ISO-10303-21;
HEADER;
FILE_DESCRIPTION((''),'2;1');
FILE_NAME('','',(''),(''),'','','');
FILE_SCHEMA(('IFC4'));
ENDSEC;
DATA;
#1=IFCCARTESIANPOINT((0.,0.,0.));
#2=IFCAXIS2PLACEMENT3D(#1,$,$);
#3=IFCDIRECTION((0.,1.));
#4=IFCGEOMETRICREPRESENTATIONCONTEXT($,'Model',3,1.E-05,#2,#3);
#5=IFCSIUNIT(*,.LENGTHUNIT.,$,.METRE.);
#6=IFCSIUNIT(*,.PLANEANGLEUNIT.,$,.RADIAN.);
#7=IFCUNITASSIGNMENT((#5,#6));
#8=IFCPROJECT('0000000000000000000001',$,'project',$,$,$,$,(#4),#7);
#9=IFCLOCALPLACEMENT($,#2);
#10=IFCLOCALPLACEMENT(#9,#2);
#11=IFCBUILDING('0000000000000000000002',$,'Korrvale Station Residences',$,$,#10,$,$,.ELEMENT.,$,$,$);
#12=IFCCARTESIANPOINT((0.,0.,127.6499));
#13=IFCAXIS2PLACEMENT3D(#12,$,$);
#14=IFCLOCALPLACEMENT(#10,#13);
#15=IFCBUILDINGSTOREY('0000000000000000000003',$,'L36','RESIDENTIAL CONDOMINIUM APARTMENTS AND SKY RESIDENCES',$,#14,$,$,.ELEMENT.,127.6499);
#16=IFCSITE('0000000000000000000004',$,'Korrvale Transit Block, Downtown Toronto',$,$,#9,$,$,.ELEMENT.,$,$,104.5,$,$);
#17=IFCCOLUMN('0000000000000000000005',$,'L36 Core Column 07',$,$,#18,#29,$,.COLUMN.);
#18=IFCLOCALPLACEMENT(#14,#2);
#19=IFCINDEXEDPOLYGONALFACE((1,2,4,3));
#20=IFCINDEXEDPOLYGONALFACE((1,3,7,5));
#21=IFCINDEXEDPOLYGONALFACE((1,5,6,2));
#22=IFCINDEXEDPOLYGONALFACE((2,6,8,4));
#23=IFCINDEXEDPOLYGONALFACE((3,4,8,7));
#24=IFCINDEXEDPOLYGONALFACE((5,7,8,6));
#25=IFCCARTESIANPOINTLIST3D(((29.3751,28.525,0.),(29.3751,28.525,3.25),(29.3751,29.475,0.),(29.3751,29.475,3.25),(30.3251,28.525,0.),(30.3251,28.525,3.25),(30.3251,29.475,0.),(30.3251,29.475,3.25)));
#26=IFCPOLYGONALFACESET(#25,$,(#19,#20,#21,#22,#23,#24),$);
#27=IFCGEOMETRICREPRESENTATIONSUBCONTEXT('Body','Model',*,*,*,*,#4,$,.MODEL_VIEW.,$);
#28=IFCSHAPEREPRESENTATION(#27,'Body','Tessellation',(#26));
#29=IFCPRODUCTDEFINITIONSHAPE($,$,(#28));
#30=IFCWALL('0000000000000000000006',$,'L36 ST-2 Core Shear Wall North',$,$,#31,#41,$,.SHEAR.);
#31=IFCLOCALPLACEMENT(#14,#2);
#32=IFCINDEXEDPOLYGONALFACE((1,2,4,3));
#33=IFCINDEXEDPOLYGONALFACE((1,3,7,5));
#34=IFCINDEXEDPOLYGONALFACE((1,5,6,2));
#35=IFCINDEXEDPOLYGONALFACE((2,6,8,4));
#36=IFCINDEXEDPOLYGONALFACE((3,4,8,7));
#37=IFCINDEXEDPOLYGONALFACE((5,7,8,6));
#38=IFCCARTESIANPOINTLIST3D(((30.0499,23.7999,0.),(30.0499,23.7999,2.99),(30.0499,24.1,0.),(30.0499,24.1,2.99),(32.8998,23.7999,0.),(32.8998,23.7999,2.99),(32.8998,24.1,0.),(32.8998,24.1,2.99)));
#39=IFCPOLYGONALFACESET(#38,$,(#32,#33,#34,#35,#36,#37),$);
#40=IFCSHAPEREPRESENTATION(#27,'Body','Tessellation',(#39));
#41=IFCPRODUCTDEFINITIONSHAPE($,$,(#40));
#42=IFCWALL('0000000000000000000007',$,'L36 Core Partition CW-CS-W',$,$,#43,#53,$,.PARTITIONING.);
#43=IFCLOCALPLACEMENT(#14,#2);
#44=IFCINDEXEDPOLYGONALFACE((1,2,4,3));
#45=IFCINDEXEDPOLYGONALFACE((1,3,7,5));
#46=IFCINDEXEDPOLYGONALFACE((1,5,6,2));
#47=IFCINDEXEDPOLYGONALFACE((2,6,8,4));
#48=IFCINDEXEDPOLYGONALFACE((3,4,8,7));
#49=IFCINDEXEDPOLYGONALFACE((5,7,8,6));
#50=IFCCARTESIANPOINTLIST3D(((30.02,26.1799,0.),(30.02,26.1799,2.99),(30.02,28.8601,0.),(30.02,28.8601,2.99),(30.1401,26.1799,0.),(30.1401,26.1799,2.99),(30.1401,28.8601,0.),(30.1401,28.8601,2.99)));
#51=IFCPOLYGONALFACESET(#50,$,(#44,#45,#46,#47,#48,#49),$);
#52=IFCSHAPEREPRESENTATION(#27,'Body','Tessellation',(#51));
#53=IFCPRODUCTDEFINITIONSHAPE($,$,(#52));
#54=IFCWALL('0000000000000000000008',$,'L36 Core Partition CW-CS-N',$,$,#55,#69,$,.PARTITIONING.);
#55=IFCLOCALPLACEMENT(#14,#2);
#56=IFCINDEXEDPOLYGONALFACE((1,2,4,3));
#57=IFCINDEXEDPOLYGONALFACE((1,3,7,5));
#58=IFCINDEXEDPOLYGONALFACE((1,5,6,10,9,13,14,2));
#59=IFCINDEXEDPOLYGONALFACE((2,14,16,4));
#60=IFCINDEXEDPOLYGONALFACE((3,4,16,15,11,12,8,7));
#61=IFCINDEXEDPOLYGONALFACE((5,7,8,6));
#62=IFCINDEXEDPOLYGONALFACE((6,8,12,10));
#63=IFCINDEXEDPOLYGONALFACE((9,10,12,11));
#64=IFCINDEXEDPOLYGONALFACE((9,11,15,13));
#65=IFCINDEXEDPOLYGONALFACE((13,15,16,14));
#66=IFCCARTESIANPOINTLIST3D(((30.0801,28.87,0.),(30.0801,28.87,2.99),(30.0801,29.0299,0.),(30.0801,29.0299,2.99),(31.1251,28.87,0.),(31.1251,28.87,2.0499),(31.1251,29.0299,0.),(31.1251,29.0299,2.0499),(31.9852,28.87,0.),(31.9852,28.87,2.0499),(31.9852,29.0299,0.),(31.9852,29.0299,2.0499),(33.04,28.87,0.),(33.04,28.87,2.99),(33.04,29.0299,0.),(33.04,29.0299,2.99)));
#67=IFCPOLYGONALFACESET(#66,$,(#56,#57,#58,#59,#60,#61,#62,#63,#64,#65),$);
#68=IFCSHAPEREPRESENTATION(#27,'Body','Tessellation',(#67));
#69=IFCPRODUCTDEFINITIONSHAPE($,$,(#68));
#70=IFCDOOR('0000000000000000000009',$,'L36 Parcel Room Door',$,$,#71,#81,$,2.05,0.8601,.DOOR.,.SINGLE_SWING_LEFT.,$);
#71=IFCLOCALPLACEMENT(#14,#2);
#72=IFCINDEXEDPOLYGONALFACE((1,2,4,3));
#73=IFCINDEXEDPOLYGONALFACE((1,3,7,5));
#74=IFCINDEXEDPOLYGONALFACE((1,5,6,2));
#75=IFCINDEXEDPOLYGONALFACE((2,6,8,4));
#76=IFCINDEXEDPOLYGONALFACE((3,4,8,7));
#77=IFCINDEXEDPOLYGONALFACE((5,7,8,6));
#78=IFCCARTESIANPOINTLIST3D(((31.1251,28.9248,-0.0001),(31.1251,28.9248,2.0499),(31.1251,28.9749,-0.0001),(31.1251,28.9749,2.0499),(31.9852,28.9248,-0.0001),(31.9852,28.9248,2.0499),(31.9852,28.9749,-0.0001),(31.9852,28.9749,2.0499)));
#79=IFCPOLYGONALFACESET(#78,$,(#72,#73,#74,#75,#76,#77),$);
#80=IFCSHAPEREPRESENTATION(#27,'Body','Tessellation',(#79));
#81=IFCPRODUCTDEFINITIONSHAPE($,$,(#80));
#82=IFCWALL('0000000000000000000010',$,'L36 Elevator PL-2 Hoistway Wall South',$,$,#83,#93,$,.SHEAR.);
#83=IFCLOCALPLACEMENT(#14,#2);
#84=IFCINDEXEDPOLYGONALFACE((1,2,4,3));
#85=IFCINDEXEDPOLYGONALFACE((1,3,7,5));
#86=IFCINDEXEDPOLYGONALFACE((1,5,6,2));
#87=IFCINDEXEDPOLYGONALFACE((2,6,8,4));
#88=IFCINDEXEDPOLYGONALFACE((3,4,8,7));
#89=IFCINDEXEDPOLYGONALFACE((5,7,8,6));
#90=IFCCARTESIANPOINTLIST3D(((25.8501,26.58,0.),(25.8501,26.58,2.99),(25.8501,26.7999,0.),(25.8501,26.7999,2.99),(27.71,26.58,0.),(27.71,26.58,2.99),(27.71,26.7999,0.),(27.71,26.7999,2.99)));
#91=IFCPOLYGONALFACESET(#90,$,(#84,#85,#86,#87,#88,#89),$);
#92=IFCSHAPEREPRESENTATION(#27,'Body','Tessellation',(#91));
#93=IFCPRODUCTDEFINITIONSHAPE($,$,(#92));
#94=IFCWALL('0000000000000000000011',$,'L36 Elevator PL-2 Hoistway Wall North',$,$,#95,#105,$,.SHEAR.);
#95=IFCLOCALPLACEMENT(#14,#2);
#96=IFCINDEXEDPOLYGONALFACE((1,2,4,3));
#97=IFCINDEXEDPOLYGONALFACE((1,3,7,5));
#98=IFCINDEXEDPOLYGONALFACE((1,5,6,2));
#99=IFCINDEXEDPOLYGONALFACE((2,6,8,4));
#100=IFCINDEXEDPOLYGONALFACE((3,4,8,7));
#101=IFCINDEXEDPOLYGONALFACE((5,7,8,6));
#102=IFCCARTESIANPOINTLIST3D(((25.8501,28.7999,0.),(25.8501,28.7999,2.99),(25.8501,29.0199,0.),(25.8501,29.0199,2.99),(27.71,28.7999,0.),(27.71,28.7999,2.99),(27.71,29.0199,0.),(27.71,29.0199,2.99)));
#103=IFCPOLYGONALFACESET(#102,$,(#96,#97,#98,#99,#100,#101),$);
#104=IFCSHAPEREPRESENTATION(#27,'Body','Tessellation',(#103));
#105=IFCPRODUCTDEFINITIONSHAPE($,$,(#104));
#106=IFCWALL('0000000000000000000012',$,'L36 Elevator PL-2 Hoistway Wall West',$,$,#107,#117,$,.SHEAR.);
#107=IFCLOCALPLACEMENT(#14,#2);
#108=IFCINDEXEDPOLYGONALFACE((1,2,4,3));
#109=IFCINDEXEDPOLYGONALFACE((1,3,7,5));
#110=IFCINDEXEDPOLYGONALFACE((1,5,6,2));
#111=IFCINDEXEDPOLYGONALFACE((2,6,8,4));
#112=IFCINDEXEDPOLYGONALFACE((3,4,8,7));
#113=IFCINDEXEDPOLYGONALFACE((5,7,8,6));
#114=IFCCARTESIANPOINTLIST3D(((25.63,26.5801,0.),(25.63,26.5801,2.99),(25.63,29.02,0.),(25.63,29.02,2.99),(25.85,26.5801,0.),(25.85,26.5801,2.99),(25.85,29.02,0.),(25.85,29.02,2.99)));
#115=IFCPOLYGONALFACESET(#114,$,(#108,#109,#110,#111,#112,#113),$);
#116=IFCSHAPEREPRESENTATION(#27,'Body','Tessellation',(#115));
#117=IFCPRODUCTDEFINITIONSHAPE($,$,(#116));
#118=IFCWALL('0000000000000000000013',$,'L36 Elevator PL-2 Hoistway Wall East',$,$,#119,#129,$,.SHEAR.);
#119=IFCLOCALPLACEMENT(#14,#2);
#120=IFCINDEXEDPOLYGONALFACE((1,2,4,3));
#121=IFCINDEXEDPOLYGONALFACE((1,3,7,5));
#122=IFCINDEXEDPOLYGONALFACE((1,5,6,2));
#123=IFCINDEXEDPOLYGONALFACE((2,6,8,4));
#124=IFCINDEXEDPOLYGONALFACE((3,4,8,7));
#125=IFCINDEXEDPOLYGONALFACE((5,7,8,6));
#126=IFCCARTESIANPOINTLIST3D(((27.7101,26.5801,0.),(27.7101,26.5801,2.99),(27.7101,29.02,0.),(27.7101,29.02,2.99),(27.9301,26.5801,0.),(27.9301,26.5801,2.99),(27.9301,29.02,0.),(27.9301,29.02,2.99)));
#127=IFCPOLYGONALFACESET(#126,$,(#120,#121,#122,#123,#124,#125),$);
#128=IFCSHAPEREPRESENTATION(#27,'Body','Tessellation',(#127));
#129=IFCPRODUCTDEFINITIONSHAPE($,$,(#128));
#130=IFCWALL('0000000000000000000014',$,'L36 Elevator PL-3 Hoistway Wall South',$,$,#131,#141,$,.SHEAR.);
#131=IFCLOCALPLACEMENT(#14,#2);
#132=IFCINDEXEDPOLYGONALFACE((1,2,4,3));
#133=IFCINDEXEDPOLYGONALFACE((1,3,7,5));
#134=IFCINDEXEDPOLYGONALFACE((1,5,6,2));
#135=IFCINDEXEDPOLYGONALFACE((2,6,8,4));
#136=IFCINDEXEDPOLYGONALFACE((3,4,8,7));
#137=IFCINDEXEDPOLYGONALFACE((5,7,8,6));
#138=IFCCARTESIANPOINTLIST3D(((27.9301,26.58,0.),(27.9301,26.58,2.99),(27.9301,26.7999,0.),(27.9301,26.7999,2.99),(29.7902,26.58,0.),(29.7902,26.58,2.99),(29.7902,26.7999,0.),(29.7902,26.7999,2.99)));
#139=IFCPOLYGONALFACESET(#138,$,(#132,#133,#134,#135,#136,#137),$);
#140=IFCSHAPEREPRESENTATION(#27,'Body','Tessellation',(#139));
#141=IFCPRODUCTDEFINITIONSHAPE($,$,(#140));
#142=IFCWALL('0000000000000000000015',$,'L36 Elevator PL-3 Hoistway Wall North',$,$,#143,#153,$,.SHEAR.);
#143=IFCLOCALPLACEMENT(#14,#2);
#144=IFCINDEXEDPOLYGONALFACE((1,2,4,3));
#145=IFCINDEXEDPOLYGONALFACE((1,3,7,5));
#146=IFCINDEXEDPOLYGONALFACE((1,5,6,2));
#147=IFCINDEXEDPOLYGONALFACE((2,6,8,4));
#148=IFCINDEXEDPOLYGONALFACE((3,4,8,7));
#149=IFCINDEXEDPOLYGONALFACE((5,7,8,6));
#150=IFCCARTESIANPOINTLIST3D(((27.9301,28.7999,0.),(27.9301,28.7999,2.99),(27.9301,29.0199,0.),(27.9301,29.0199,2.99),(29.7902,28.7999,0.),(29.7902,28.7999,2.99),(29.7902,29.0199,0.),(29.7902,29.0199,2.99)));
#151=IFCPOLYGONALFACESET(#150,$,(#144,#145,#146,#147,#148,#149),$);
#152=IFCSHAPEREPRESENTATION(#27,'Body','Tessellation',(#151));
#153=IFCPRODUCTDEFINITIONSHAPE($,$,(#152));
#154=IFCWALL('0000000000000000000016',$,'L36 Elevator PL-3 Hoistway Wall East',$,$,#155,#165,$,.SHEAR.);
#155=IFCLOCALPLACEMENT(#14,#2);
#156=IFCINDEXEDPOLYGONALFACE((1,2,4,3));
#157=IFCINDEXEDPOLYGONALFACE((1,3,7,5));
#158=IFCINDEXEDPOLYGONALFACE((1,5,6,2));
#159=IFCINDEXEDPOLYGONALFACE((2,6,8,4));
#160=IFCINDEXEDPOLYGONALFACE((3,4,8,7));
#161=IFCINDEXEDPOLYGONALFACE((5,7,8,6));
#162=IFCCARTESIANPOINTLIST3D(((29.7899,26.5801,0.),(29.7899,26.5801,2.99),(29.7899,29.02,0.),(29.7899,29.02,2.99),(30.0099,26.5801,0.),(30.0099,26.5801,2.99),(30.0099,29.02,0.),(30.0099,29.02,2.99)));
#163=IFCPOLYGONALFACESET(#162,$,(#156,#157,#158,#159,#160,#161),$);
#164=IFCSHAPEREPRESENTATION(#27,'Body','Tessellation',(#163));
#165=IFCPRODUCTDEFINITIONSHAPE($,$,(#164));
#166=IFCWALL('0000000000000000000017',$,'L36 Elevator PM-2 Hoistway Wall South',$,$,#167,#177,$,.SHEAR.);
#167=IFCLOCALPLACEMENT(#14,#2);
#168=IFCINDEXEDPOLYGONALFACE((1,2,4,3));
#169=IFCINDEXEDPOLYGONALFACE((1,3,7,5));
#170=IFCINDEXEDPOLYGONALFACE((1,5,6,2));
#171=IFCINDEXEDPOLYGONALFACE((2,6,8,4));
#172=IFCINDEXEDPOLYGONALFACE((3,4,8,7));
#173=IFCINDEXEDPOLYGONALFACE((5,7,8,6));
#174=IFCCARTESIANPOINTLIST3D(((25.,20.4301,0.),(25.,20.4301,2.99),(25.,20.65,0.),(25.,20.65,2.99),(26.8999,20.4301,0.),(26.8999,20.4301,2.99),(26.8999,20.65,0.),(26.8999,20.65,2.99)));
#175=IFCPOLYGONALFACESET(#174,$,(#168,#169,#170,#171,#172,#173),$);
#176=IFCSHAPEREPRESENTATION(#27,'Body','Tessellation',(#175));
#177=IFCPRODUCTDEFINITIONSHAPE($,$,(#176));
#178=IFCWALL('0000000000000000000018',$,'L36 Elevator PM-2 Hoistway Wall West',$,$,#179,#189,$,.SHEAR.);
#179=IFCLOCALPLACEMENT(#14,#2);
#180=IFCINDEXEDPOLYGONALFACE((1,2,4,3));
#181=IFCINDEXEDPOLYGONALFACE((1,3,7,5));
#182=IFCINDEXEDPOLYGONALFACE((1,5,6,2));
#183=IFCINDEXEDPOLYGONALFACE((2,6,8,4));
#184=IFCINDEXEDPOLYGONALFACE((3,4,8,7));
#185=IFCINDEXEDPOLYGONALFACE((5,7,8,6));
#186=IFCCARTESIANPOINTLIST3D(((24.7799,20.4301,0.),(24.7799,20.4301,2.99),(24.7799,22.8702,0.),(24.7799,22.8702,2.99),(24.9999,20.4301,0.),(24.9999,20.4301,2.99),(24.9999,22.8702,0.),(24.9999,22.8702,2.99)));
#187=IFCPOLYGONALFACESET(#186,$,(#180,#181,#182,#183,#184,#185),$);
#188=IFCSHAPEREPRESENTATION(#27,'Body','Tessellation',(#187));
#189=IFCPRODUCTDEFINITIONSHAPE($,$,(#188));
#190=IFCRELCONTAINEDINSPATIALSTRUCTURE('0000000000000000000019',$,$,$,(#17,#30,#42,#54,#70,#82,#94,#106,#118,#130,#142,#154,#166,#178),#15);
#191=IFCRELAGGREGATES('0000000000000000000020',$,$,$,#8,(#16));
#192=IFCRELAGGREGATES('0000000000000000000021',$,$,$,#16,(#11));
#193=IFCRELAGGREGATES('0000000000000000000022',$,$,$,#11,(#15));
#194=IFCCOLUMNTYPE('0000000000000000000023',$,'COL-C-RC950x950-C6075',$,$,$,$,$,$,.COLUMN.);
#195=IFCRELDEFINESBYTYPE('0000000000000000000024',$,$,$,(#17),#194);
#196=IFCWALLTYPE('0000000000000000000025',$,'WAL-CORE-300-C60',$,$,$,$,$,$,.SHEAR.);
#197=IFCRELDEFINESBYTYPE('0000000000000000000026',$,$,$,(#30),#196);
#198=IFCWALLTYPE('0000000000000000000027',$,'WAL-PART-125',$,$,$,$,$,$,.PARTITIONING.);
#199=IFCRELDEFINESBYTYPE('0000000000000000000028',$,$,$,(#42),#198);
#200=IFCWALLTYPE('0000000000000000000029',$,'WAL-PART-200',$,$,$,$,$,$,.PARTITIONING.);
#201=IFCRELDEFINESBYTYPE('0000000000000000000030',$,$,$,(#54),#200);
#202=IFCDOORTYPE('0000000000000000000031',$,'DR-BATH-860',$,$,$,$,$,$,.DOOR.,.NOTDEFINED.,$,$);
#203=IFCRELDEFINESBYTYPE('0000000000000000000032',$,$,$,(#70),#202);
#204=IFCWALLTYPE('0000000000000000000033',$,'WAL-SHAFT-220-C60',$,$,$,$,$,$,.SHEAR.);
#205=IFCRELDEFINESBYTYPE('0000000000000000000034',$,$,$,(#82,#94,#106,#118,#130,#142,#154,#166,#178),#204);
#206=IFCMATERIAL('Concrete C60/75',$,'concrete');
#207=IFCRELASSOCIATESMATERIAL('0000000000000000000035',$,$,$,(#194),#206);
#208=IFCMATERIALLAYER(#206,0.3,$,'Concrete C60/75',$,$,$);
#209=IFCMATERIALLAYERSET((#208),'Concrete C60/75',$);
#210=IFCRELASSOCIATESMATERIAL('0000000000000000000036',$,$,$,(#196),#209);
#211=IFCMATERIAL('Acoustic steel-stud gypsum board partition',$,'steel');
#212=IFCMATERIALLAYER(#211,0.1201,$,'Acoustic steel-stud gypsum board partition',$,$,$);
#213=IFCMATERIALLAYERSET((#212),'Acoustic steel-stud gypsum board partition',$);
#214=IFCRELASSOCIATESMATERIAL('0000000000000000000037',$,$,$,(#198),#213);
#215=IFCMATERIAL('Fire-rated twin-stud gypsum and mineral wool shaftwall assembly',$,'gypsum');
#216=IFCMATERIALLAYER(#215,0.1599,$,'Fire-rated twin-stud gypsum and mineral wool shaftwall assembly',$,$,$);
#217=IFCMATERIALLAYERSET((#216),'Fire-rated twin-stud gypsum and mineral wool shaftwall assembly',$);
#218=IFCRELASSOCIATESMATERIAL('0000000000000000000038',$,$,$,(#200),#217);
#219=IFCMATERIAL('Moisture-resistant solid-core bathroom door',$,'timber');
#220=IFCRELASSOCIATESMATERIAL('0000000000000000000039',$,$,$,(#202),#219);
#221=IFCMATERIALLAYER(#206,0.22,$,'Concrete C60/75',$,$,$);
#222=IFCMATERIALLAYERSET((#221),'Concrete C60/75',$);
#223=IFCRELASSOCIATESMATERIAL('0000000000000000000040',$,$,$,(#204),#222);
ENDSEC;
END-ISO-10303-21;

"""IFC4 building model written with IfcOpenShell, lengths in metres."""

from ifc_helpers import new_model, si_unit, direction, frame, frame_2d, origin, origin_2d, place, context, subcontext, project, spatial, rectangle, extrude, material, layer, layer_set, material_profile, profile_set, type_object, element, fill, save


model = new_model("IFC4")

# Units and contexts
model_context = context("Model", 3, precision=1e-05, world=origin(), true_north=direction((0.0, 1.0)))
body_context = subcontext(model_context, "Body", "Model", "MODEL_VIEW")
ifc_project = project(units=[si_unit("LENGTHUNIT", "METRE"), si_unit("PLANEANGLEUNIT", "RADIAN")], contexts=[model_context])

# Site, building, storey
site_placement = place(None, origin())
site = spatial("IfcSite", under=ifc_project, at=site_placement, Name="Korrvale Transit Block, Downtown Toronto", CompositionType="ELEMENT", RefElevation=104.5)
building_placement = place(site_placement, origin())
building = spatial("IfcBuilding", under=site, at=building_placement, Name="Korrvale Station Residences", CompositionType="ELEMENT")
storey_placement = place(building_placement, frame((0.0, 0.0, 127.6499)))
storey = spatial("IfcBuildingStorey", under=building, at=storey_placement, Name="L36", Description="RESIDENTIAL CONDOMINIUM APARTMENTS AND SKY RESIDENCES", CompositionType="ELEMENT", Elevation=127.6499)

# Column
ifc_material_1 = material(Name="Concrete C60/75", Category="concrete")
ifc_material_profile = material_profile(ifc_material_1, rectangle(XDim=0.95, YDim=0.95, at=origin_2d()), Name="RC950x950")
ifc_profile_set = profile_set([ifc_material_profile], Name="Concrete C60/75")
column_type = type_object("IfcColumnType", Name="COL-C-RC950x950-C6075", PredefinedType="COLUMN", material=ifc_profile_set)
column_placement = place(storey_placement, frame((29.8501, 29.0, 0.0), z_axis=(0.0, 0.0, 1.0), x_axis=(1.0, 0.0, 0.0)))
element("IfcColumn", 1, at=column_placement, inside=storey, type_object=column_type, Name="L36 Core Column 07", PredefinedType="COLUMN", context=body_context, shape_type="SweptSolid", body=[
    extrude(rectangle(XDim=0.95, YDim=0.95, at=origin_2d()), origin(), (0.0, 0.0, 1.0), 3.25),
])

# Walls
ifc_layer_1 = layer(ifc_material_1, 0.3, Name="Concrete C60/75")
ifc_layer_set_1 = layer_set([ifc_layer_1], Name="Concrete C60/75")
wall_type_1 = type_object("IfcWallType", Name="WAL-CORE-300-C60", PredefinedType="SHEAR", material=ifc_layer_set_1)
wall_1_placement = place(storey_placement, frame((30.05, 23.95, 0.0), z_axis=(0.0, 0.0, 1.0), x_axis=(1.0, 0.0, 0.0)))
element("IfcWall", 2, at=wall_1_placement, inside=storey, type_object=wall_type_1, Name="L36 ST-2 Core Shear Wall North", PredefinedType="SHEAR", context=body_context, shape_type="SweptSolid", body=[
    extrude(rectangle(XDim=2.8499, YDim=0.3, at=frame_2d((1.4248, 0.0))), origin(), (0.0, 0.0, 1.0), 2.99),
])
ifc_material_2 = material(Name="Acoustic steel-stud gypsum board partition", Category="steel")
ifc_layer_2 = layer(ifc_material_2, 0.1201, Name="Acoustic steel-stud gypsum board partition")
ifc_layer_set_2 = layer_set([ifc_layer_2], Name="Acoustic steel-stud gypsum board partition")
wall_type_2 = type_object("IfcWallType", Name="WAL-PART-125", PredefinedType="PARTITIONING", material=ifc_layer_set_2)
wall_2_placement = place(storey_placement, frame((30.0801, 26.1799, 0.0), z_axis=(0.0, 0.0, 1.0), x_axis=(0.0, 1.0, 0.0)))
element("IfcWall", 3, at=wall_2_placement, inside=storey, type_object=wall_type_2, Name="L36 Core Partition CW-CS-W", PredefinedType="PARTITIONING", context=body_context, shape_type="SweptSolid", body=[
    extrude(rectangle(XDim=2.6802, YDim=0.1201, at=frame_2d((1.3401, 0.0))), origin(), (0.0, 0.0, 1.0), 2.99),
])

# Wall, opening, door
ifc_material_3 = material(Name="Fire-rated twin-stud gypsum and mineral wool shaftwall assembly", Category="gypsum")
ifc_layer_3 = layer(ifc_material_3, 0.1599, Name="Fire-rated twin-stud gypsum and mineral wool shaftwall assembly")
ifc_layer_set_3 = layer_set([ifc_layer_3], Name="Fire-rated twin-stud gypsum and mineral wool shaftwall assembly")
wall_type_3 = type_object("IfcWallType", Name="WAL-PART-200", PredefinedType="PARTITIONING", material=ifc_layer_set_3)
wall_3_placement = place(storey_placement, frame((30.0801, 28.95, 0.0), z_axis=(0.0, 0.0, 1.0), x_axis=(1.0, 0.0, 0.0)))
wall_3 = element("IfcWall", 4, at=wall_3_placement, inside=storey, type_object=wall_type_3, Name="L36 Core Partition CW-CS-N", PredefinedType="PARTITIONING", context=body_context, shape_type="SweptSolid", body=[
    extrude(rectangle(XDim=2.96, YDim=0.1599, at=frame_2d((1.48, 0.0))), origin(), (0.0, 0.0, 1.0), 2.99),
])
opening_1_placement = place(wall_3_placement, frame((1.0449, 0.0, 0.0)))
opening_1 = element("IfcOpeningElement", 5, at=opening_1_placement, cuts=wall_3, PredefinedType="OPENING", context=body_context, shape_type="SweptSolid", body=[
    extrude(rectangle(XDim=0.8601, YDim=2.05, at=frame_2d((0.4302, 1.0249))), frame((0.0, 0.0898, 0.0), z_axis=(0.0, -1.0, 0.0), x_axis=(1.0, 0.0, 0.0)), (0.0, 0.0, 1.0), 0.1799),
])
ifc_material_4 = material(Name="Moisture-resistant solid-core bathroom door", Category="timber")
door_type_1 = type_object("IfcDoorType", Name="DR-BATH-860", OperationType="NOTDEFINED", PredefinedType="DOOR", material=ifc_material_4)
door_1_placement = place(opening_1_placement, origin())
door_1 = element("IfcDoor", 6, at=door_1_placement, inside=storey, type_object=door_type_1, Name="L36 Parcel Room Door", OperationType="SINGLE_SWING_LEFT", OverallHeight=2.05, OverallWidth=0.8601, PredefinedType="DOOR", context=body_context, shape_type="SweptSolid", body=[
    extrude(rectangle(XDim=0.8601, YDim=2.05, at=frame_2d((0.4302, 1.0249))), frame((0.0, 0.0249, 0.0), z_axis=(0.0, -1.0, 0.0), x_axis=(1.0, 0.0, 0.0)), (0.0, 0.0, 1.0), 0.05),
])
fill(opening_1, door_1)

# Walls
ifc_layer_4 = layer(ifc_material_1, 0.22, Name="Concrete C60/75")
ifc_layer_set_4 = layer_set([ifc_layer_4], Name="Concrete C60/75")
wall_type_4 = type_object("IfcWallType", Name="WAL-SHAFT-220-C60", PredefinedType="SHEAR", material=ifc_layer_set_4)
for number, where, z_axis, x_axis, name in (
    (7, (25.8501, 26.6899, 0.0), (0.0, 0.0, 1.0), (1.0, 0.0, 0.0), "L36 Elevator PL-2 Hoistway Wall South"),
    (8, (25.8501, 28.9099, 0.0), (0.0, 0.0, 1.0), (1.0, 0.0, 0.0), "L36 Elevator PL-2 Hoistway Wall North"),
):
    element("IfcWall", number, at=place(storey_placement, frame(where, z_axis=z_axis, x_axis=x_axis)), inside=storey, type_object=wall_type_4, Name=name, PredefinedType="SHEAR", context=body_context, shape_type="SweptSolid", body=[
        extrude(rectangle(XDim=1.8599, YDim=0.22, at=frame_2d((0.9299, 0.0))), origin(), (0.0, 0.0, 1.0), 2.99),
    ])
for number, where, z_axis, x_axis, name in (
    (9, (25.74, 26.5801, 0.0), (0.0, 0.0, 1.0), (0.0, 1.0, 0.0), "L36 Elevator PL-2 Hoistway Wall West"),
    (10, (27.8201, 26.5801, 0.0), (0.0, 0.0, 1.0), (0.0, 1.0, 0.0), "L36 Elevator PL-2 Hoistway Wall East"),
):
    element("IfcWall", number, at=place(storey_placement, frame(where, z_axis=z_axis, x_axis=x_axis)), inside=storey, type_object=wall_type_4, Name=name, PredefinedType="SHEAR", context=body_context, shape_type="SweptSolid", body=[
        extrude(rectangle(XDim=2.4399, YDim=0.22, at=frame_2d((1.22, 0.0))), origin(), (0.0, 0.0, 1.0), 2.99),
    ])
for number, where, z_axis, x_axis, name in (
    (11, (27.9299, 26.6899, 0.0), (0.0, 0.0, 1.0), (1.0, 0.0, 0.0), "L36 Elevator PL-3 Hoistway Wall South"),
    (12, (27.9299, 28.9099, 0.0), (0.0, 0.0, 1.0), (1.0, 0.0, 0.0), "L36 Elevator PL-3 Hoistway Wall North"),
):
    element("IfcWall", number, at=place(storey_placement, frame(where, z_axis=z_axis, x_axis=x_axis)), inside=storey, type_object=wall_type_4, Name=name, PredefinedType="SHEAR", context=body_context, shape_type="SweptSolid", body=[
        extrude(rectangle(XDim=1.8601, YDim=0.22, at=frame_2d((0.9302, 0.0))), origin(), (0.0, 0.0, 1.0), 2.99),
    ])
wall_4_placement = place(storey_placement, frame((29.8999, 26.5801, 0.0), z_axis=(0.0, 0.0, 1.0), x_axis=(0.0, 1.0, 0.0)))
element("IfcWall", 13, at=wall_4_placement, inside=storey, type_object=wall_type_4, Name="L36 Elevator PL-3 Hoistway Wall East", PredefinedType="SHEAR", context=body_context, shape_type="SweptSolid", body=[
    extrude(rectangle(XDim=2.4399, YDim=0.22, at=frame_2d((1.22, 0.0))), origin(), (0.0, 0.0, 1.0), 2.99),
])
wall_5_placement = place(storey_placement, frame((25.0, 20.54, 0.0), z_axis=(0.0, 0.0, 1.0), x_axis=(1.0, 0.0, 0.0)))
element("IfcWall", 14, at=wall_5_placement, inside=storey, type_object=wall_type_4, Name="L36 Elevator PM-2 Hoistway Wall South", PredefinedType="SHEAR", context=body_context, shape_type="SweptSolid", body=[
    extrude(rectangle(XDim=1.8999, YDim=0.22, at=frame_2d((0.95, 0.0))), origin(), (0.0, 0.0, 1.0), 2.99),
])

# Wall
for number, where, z_axis, x_axis, name in (
    (15, (24.8899, 20.4299, 0.0), (0.0, 0.0, 1.0), (0.0, 1.0, 0.0), "L36 Elevator PM-2 Hoistway Wall West"),
):
    element("IfcWall", number, at=place(storey_placement, frame(where, z_axis=z_axis, x_axis=x_axis)), inside=storey, type_object=wall_type_4, Name=name, PredefinedType="SHEAR", context=body_context, shape_type="SweptSolid", body=[
        extrude(rectangle(XDim=2.4402, YDim=0.22, at=frame_2d((1.2202, 0.0))), origin(), (0.0, 0.0, 1.0), 2.99),
    ])

save(model, "model.ifc")
